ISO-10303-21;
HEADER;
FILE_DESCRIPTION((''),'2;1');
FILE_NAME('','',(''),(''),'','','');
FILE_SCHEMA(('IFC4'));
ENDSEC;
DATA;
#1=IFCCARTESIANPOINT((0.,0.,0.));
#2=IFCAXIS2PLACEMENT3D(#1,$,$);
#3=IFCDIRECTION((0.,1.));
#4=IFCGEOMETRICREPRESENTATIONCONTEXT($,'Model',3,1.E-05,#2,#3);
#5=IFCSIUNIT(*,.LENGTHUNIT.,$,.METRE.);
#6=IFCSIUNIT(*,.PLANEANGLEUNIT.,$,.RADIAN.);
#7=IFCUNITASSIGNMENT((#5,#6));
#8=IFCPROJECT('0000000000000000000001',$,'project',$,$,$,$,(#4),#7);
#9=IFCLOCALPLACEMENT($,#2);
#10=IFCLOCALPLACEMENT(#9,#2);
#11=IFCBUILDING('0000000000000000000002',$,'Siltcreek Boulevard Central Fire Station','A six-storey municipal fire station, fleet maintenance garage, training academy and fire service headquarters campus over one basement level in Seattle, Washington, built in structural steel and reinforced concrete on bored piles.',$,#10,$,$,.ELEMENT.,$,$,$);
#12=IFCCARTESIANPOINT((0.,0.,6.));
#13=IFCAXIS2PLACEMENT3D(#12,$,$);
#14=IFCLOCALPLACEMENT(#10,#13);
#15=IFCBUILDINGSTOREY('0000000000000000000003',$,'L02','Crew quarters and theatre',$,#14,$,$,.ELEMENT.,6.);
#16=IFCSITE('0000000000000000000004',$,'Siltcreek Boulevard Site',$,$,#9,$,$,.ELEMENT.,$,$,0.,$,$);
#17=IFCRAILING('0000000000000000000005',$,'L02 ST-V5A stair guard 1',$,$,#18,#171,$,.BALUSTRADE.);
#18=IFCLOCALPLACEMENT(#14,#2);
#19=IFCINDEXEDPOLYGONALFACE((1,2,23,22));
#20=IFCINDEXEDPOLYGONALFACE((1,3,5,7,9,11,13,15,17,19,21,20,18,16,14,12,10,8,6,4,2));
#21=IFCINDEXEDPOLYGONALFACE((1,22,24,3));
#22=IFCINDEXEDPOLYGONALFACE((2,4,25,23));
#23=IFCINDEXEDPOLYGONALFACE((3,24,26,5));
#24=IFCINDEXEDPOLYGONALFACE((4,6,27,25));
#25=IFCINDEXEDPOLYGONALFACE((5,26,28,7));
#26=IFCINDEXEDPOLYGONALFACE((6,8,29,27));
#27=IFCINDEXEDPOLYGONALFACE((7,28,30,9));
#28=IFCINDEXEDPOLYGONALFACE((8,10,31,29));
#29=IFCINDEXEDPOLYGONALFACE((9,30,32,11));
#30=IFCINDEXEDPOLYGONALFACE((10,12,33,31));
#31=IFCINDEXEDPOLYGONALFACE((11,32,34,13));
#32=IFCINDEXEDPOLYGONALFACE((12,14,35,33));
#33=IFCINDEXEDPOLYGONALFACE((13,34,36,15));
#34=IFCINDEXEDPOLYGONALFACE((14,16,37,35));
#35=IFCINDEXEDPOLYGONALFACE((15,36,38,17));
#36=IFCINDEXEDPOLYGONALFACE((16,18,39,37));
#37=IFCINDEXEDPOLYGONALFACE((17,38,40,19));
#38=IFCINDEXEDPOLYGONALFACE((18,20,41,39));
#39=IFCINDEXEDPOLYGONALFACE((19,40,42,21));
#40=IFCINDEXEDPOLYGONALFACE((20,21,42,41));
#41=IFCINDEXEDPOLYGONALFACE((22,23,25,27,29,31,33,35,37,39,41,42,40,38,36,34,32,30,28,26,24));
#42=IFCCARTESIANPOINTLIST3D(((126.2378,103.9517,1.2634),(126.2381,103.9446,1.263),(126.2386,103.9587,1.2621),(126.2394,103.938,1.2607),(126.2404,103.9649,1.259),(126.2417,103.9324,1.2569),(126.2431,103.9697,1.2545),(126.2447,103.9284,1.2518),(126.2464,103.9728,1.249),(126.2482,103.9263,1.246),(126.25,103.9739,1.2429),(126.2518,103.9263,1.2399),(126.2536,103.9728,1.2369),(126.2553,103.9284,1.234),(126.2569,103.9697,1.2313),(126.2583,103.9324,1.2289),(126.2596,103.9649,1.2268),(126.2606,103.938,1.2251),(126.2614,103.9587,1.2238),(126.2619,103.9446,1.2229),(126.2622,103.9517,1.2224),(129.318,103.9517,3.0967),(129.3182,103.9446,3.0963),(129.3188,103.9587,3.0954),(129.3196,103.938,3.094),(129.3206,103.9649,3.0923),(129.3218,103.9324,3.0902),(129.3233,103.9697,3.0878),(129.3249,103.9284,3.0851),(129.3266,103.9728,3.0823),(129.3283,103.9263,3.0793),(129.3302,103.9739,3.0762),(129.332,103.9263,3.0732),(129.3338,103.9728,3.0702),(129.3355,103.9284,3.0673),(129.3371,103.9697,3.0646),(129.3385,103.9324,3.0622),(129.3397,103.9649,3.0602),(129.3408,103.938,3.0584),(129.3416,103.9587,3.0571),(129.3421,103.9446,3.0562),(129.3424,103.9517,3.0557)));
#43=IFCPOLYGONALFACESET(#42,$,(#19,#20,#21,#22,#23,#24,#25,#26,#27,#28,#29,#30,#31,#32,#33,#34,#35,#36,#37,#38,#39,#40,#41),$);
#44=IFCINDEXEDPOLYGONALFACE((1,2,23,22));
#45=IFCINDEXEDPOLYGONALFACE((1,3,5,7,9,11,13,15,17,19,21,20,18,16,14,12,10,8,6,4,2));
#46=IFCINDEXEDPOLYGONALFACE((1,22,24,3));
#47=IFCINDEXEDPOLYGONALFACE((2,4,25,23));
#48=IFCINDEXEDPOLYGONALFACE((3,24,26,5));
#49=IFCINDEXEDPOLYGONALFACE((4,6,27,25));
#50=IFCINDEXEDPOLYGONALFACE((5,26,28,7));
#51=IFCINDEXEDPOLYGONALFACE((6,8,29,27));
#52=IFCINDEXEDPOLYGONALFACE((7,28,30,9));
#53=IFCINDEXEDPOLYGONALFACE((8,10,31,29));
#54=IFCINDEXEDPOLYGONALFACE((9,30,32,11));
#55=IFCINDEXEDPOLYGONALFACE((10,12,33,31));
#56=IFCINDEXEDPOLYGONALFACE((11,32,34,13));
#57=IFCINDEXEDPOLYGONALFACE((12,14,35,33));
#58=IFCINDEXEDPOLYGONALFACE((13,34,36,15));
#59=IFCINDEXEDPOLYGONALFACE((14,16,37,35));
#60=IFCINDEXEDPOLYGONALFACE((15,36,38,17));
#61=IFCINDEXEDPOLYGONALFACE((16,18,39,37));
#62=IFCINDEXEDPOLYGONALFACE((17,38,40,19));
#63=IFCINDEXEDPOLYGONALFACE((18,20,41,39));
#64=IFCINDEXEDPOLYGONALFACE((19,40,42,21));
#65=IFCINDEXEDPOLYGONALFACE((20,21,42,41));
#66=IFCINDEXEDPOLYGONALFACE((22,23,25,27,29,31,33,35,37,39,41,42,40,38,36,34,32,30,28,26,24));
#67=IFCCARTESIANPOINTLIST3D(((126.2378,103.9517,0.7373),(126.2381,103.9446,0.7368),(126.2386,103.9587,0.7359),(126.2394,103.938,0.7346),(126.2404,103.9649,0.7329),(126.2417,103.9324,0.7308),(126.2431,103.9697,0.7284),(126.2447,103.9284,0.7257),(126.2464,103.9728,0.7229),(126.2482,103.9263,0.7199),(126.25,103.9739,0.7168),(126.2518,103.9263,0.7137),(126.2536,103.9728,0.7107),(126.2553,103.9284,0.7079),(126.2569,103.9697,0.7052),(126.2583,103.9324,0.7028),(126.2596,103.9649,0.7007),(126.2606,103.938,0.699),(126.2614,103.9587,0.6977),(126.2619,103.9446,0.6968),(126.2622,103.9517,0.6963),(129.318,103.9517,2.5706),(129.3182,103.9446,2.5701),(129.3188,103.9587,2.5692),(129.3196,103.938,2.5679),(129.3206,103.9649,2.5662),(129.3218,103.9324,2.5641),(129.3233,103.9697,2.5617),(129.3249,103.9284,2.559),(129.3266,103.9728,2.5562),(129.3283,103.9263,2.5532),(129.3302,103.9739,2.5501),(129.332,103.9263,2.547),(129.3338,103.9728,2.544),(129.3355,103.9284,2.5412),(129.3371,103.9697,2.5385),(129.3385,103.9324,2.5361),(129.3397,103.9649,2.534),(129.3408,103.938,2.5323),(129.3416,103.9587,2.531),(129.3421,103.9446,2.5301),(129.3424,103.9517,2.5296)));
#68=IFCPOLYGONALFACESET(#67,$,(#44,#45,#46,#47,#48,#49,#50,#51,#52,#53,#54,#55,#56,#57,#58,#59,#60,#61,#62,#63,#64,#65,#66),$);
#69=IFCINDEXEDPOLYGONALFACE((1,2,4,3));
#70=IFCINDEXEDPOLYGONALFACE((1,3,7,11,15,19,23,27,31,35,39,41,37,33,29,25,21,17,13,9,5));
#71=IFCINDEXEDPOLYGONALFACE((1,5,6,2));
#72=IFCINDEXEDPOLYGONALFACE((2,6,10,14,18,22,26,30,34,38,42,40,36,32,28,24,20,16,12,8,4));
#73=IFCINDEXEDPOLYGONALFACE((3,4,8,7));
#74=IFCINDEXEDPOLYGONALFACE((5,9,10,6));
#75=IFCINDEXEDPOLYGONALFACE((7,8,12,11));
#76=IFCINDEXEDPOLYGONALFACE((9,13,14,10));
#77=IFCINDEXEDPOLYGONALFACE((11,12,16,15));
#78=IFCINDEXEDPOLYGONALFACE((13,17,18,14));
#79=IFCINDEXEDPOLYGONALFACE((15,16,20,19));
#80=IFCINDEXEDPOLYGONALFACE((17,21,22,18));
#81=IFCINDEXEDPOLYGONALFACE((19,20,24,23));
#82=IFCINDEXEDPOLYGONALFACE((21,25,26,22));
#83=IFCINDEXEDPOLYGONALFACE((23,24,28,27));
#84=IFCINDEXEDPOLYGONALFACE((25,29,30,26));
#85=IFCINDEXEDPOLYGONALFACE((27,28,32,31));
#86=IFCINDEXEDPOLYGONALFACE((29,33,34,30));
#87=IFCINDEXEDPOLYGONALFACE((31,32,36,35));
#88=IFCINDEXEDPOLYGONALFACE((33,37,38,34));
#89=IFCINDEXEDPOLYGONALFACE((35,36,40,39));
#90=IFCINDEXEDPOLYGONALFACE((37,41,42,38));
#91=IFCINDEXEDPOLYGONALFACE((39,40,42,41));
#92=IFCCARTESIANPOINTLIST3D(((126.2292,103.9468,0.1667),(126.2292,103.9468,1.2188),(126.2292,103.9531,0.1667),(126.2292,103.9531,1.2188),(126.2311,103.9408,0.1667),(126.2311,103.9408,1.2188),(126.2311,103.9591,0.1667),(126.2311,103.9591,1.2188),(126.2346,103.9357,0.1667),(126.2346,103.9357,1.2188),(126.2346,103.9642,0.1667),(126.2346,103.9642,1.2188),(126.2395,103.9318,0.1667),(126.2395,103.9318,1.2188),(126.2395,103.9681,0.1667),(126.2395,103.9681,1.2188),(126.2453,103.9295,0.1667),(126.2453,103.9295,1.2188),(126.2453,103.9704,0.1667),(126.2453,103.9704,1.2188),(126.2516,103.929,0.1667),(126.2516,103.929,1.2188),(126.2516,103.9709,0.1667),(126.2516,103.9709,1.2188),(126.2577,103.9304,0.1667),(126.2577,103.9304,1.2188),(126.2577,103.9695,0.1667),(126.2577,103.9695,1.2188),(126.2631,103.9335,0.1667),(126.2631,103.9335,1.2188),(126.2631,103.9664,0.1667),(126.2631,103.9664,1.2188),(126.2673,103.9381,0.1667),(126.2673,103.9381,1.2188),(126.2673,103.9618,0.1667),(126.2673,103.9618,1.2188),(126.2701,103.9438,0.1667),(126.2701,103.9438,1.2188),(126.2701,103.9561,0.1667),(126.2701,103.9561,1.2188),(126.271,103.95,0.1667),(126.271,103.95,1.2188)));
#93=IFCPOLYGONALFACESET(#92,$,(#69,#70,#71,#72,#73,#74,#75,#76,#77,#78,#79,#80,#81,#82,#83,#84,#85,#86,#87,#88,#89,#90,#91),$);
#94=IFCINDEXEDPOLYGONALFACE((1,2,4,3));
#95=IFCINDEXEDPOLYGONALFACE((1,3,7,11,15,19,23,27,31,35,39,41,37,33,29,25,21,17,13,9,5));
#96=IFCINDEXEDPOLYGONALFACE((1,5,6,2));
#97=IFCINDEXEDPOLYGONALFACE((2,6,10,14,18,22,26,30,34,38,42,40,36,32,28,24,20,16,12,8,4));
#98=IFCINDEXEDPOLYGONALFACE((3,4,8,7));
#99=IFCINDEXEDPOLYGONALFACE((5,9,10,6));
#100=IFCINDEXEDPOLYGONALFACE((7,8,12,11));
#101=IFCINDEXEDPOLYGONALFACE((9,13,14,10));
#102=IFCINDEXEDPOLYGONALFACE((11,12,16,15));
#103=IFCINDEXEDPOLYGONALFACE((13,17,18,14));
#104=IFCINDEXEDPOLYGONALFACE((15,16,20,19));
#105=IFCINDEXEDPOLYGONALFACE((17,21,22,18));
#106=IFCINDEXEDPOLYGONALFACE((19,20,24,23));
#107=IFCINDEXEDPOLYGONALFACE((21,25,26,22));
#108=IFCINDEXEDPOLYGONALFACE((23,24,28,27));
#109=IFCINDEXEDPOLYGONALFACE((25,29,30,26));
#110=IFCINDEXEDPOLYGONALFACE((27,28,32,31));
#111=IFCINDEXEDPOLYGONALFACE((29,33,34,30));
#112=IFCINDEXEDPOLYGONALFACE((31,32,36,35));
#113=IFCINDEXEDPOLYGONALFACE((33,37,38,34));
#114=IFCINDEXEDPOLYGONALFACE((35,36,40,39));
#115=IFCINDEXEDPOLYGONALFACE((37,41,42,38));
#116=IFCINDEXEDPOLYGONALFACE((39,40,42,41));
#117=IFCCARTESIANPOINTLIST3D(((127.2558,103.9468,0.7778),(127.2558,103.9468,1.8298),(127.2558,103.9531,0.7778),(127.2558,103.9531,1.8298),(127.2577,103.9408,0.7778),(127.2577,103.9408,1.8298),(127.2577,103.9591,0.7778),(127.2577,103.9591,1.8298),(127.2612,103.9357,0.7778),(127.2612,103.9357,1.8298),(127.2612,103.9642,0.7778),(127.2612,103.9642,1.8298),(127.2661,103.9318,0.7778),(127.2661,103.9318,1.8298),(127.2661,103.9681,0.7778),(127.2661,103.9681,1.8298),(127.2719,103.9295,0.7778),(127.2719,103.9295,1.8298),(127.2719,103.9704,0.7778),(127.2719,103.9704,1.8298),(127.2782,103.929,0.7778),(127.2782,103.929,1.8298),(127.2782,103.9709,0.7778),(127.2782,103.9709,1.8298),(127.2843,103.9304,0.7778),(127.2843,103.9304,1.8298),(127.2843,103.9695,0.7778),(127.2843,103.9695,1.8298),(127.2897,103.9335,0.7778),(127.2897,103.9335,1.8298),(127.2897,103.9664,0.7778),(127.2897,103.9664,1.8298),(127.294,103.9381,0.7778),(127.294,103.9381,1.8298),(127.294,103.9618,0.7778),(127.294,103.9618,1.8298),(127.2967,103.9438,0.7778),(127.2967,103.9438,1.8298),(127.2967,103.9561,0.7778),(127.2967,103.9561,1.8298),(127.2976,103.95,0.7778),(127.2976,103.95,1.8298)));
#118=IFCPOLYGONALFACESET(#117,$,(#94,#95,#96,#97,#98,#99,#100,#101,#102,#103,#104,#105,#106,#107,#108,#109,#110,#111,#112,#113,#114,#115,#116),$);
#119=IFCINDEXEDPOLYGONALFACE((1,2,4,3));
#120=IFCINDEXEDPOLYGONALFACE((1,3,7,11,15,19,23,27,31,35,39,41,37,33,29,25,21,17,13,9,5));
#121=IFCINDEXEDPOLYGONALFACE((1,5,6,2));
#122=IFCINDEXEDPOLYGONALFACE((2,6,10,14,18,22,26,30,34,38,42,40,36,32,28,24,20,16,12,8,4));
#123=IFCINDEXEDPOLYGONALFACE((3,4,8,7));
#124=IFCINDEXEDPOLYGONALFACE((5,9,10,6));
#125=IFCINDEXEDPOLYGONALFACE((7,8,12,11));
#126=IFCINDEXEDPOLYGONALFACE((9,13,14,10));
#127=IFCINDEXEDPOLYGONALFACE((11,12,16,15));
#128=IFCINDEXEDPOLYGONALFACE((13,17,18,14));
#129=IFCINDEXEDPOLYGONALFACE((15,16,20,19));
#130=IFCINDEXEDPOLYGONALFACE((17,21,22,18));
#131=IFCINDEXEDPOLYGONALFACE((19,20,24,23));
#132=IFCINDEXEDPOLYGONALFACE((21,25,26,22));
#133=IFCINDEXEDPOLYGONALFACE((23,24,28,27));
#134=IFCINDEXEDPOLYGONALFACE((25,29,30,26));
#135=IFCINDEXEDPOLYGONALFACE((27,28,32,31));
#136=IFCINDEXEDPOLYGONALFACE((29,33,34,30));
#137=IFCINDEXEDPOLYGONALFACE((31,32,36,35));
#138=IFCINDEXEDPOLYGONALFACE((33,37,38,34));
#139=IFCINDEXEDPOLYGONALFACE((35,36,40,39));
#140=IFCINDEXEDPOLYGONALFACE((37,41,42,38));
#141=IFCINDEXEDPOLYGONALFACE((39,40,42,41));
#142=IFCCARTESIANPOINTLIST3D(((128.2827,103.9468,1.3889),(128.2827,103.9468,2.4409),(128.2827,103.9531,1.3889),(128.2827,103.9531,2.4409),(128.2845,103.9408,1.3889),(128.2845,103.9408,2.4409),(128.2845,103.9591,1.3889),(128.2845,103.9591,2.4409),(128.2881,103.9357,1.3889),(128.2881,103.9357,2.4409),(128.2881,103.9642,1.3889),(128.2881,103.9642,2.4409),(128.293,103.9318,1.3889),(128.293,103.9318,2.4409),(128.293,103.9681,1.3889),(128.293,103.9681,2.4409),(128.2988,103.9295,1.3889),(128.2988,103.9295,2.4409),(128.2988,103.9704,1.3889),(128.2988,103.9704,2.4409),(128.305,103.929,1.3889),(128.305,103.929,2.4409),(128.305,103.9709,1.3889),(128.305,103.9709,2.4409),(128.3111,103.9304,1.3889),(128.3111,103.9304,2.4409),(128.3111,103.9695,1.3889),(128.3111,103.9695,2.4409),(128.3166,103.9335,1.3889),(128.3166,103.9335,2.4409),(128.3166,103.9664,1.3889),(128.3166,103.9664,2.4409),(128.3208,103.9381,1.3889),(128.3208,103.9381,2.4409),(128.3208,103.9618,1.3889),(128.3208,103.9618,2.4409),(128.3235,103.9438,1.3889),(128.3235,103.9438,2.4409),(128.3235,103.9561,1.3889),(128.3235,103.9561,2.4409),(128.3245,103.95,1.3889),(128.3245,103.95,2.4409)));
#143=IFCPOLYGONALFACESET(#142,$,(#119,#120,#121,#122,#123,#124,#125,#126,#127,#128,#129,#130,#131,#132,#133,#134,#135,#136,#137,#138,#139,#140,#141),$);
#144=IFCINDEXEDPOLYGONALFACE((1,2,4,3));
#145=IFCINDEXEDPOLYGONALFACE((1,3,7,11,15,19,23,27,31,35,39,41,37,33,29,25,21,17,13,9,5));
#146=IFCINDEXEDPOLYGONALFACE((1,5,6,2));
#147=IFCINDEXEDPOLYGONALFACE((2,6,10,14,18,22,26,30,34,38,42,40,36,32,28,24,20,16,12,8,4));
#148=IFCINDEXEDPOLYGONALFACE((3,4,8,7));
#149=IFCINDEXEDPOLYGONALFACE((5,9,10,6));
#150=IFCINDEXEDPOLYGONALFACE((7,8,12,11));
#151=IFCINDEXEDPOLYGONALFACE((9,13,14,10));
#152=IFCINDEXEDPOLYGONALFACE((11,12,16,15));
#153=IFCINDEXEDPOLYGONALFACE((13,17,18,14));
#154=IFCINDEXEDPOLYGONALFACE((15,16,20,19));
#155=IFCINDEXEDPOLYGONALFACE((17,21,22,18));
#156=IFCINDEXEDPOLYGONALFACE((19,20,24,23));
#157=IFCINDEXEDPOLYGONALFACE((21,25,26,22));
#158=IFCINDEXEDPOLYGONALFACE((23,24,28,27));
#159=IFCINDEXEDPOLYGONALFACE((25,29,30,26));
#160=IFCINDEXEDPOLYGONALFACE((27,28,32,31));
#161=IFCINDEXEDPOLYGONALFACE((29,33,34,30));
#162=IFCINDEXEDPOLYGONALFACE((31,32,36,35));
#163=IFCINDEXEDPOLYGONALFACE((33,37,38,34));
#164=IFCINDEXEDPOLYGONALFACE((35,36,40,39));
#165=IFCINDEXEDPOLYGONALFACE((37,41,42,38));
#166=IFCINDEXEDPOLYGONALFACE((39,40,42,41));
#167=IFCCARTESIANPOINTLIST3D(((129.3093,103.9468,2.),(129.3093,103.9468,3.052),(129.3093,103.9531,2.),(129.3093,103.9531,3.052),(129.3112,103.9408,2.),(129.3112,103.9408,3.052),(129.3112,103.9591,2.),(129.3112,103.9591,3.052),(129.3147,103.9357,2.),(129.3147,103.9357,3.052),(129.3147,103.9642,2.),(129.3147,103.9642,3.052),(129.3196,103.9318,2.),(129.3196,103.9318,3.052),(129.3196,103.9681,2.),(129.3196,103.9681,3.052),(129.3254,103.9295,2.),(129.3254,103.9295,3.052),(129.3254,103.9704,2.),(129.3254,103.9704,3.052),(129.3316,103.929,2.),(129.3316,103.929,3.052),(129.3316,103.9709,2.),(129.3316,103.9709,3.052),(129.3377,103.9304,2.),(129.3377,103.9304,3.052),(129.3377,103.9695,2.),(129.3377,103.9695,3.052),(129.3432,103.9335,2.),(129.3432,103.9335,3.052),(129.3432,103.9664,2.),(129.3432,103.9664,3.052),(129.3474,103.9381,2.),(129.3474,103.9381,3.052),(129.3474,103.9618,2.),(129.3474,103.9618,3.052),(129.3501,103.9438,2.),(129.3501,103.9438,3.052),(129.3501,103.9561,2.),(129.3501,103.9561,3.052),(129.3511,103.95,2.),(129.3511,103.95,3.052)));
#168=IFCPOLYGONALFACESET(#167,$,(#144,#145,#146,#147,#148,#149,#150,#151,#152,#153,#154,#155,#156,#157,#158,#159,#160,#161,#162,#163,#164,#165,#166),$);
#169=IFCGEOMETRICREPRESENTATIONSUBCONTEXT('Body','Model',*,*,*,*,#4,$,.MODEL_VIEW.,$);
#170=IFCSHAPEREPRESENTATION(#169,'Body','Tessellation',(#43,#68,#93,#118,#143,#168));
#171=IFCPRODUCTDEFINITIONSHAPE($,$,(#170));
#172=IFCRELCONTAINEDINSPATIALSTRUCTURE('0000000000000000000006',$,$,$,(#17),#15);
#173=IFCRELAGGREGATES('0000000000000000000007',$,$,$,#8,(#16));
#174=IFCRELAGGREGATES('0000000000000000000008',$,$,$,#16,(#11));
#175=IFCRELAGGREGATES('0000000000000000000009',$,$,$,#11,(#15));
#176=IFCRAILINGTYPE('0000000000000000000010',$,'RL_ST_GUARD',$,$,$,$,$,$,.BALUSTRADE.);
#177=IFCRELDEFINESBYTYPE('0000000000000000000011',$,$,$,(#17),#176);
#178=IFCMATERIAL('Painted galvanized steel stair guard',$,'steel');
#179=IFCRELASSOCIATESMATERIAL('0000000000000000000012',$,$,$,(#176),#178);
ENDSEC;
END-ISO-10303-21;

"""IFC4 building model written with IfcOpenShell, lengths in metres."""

from ifc_helpers import new_model, si_unit, direction, frame, origin, origin_2d, place, context, subcontext, project, spatial, circle, extrude, material, type_object, element, save


model = new_model("IFC4")

# Units and contexts
model_context = context("Model", 3, precision=1e-05, world=origin(), true_north=direction((0.0, 1.0)))
body_context = subcontext(model_context, "Body", "Model", "MODEL_VIEW")
ifc_project = project(units=[si_unit("LENGTHUNIT", "METRE"), si_unit("PLANEANGLEUNIT", "RADIAN")], contexts=[model_context])

# Site, building, storey
site_placement = place(None, origin())
site = spatial("IfcSite", under=ifc_project, at=site_placement, Name="Siltcreek Boulevard Site", CompositionType="ELEMENT", RefElevation=0.0)
building_placement = place(site_placement, origin())
building = spatial("IfcBuilding", under=site, at=building_placement, Name="Siltcreek Boulevard Central Fire Station", Description="A six-storey municipal fire station, fleet maintenance garage, training academy and fire service headquarters campus over one basement level in Seattle, Washington, built in structural steel and reinforced concrete on bored piles.", CompositionType="ELEMENT")
storey_placement = place(building_placement, frame((0.0, 0.0, 6.0)))
storey = spatial("IfcBuildingStorey", under=building, at=storey_placement, Name="L02", Description="Crew quarters and theatre", CompositionType="ELEMENT", Elevation=6.0)

# Railing
ifc_material_1 = material(Name="Painted galvanized steel stair guard", Category="steel")
railing_type_1 = type_object("IfcRailingType", Name="RL_ST_GUARD", PredefinedType="BALUSTRADE", material=ifc_material_1)
railing_1_placement = place(storey_placement, frame((126.25, 103.95, 0.1667)))
element("IfcRailing", 1, at=railing_1_placement, inside=storey, type_object=railing_type_1, Name="L02 ST-V5A stair guard 1", PredefinedType="BALUSTRADE", context=body_context, shape_type="SweptSolid", body=[
    extrude(circle(Radius=0.0239, at=origin_2d()), frame((0.0, 0.0, 1.0762), z_axis=(0.859309, 0.0, 0.511458), x_axis=(0.0, 1.0, 0.0)), (0.0, 0.0, 1.0), 3.5845),
    extrude(circle(Radius=0.0239, at=origin_2d()), frame((0.0, 0.0, 0.55), z_axis=(0.859309, 0.0, 0.511458), x_axis=(0.0, 1.0, 0.0)), (0.0, 0.0, 1.0), 3.5845),
    extrude(circle(Radius=0.021, at=origin_2d()), origin(), (0.0, 0.0, 1.0), 1.052),
    extrude(circle(Radius=0.021, at=origin_2d()), frame((1.0266, 0.0, 0.6111)), (0.0, 0.0, 1.0), 1.052),
    extrude(circle(Radius=0.021, at=origin_2d()), frame((2.0535, 0.0, 1.2222)), (0.0, 0.0, 1.0), 1.052),
    extrude(circle(Radius=0.021, at=origin_2d()), frame((3.0801, 0.0, 1.8333)), (0.0, 0.0, 1.0), 1.052),
])

save(model, "model.ifc")
